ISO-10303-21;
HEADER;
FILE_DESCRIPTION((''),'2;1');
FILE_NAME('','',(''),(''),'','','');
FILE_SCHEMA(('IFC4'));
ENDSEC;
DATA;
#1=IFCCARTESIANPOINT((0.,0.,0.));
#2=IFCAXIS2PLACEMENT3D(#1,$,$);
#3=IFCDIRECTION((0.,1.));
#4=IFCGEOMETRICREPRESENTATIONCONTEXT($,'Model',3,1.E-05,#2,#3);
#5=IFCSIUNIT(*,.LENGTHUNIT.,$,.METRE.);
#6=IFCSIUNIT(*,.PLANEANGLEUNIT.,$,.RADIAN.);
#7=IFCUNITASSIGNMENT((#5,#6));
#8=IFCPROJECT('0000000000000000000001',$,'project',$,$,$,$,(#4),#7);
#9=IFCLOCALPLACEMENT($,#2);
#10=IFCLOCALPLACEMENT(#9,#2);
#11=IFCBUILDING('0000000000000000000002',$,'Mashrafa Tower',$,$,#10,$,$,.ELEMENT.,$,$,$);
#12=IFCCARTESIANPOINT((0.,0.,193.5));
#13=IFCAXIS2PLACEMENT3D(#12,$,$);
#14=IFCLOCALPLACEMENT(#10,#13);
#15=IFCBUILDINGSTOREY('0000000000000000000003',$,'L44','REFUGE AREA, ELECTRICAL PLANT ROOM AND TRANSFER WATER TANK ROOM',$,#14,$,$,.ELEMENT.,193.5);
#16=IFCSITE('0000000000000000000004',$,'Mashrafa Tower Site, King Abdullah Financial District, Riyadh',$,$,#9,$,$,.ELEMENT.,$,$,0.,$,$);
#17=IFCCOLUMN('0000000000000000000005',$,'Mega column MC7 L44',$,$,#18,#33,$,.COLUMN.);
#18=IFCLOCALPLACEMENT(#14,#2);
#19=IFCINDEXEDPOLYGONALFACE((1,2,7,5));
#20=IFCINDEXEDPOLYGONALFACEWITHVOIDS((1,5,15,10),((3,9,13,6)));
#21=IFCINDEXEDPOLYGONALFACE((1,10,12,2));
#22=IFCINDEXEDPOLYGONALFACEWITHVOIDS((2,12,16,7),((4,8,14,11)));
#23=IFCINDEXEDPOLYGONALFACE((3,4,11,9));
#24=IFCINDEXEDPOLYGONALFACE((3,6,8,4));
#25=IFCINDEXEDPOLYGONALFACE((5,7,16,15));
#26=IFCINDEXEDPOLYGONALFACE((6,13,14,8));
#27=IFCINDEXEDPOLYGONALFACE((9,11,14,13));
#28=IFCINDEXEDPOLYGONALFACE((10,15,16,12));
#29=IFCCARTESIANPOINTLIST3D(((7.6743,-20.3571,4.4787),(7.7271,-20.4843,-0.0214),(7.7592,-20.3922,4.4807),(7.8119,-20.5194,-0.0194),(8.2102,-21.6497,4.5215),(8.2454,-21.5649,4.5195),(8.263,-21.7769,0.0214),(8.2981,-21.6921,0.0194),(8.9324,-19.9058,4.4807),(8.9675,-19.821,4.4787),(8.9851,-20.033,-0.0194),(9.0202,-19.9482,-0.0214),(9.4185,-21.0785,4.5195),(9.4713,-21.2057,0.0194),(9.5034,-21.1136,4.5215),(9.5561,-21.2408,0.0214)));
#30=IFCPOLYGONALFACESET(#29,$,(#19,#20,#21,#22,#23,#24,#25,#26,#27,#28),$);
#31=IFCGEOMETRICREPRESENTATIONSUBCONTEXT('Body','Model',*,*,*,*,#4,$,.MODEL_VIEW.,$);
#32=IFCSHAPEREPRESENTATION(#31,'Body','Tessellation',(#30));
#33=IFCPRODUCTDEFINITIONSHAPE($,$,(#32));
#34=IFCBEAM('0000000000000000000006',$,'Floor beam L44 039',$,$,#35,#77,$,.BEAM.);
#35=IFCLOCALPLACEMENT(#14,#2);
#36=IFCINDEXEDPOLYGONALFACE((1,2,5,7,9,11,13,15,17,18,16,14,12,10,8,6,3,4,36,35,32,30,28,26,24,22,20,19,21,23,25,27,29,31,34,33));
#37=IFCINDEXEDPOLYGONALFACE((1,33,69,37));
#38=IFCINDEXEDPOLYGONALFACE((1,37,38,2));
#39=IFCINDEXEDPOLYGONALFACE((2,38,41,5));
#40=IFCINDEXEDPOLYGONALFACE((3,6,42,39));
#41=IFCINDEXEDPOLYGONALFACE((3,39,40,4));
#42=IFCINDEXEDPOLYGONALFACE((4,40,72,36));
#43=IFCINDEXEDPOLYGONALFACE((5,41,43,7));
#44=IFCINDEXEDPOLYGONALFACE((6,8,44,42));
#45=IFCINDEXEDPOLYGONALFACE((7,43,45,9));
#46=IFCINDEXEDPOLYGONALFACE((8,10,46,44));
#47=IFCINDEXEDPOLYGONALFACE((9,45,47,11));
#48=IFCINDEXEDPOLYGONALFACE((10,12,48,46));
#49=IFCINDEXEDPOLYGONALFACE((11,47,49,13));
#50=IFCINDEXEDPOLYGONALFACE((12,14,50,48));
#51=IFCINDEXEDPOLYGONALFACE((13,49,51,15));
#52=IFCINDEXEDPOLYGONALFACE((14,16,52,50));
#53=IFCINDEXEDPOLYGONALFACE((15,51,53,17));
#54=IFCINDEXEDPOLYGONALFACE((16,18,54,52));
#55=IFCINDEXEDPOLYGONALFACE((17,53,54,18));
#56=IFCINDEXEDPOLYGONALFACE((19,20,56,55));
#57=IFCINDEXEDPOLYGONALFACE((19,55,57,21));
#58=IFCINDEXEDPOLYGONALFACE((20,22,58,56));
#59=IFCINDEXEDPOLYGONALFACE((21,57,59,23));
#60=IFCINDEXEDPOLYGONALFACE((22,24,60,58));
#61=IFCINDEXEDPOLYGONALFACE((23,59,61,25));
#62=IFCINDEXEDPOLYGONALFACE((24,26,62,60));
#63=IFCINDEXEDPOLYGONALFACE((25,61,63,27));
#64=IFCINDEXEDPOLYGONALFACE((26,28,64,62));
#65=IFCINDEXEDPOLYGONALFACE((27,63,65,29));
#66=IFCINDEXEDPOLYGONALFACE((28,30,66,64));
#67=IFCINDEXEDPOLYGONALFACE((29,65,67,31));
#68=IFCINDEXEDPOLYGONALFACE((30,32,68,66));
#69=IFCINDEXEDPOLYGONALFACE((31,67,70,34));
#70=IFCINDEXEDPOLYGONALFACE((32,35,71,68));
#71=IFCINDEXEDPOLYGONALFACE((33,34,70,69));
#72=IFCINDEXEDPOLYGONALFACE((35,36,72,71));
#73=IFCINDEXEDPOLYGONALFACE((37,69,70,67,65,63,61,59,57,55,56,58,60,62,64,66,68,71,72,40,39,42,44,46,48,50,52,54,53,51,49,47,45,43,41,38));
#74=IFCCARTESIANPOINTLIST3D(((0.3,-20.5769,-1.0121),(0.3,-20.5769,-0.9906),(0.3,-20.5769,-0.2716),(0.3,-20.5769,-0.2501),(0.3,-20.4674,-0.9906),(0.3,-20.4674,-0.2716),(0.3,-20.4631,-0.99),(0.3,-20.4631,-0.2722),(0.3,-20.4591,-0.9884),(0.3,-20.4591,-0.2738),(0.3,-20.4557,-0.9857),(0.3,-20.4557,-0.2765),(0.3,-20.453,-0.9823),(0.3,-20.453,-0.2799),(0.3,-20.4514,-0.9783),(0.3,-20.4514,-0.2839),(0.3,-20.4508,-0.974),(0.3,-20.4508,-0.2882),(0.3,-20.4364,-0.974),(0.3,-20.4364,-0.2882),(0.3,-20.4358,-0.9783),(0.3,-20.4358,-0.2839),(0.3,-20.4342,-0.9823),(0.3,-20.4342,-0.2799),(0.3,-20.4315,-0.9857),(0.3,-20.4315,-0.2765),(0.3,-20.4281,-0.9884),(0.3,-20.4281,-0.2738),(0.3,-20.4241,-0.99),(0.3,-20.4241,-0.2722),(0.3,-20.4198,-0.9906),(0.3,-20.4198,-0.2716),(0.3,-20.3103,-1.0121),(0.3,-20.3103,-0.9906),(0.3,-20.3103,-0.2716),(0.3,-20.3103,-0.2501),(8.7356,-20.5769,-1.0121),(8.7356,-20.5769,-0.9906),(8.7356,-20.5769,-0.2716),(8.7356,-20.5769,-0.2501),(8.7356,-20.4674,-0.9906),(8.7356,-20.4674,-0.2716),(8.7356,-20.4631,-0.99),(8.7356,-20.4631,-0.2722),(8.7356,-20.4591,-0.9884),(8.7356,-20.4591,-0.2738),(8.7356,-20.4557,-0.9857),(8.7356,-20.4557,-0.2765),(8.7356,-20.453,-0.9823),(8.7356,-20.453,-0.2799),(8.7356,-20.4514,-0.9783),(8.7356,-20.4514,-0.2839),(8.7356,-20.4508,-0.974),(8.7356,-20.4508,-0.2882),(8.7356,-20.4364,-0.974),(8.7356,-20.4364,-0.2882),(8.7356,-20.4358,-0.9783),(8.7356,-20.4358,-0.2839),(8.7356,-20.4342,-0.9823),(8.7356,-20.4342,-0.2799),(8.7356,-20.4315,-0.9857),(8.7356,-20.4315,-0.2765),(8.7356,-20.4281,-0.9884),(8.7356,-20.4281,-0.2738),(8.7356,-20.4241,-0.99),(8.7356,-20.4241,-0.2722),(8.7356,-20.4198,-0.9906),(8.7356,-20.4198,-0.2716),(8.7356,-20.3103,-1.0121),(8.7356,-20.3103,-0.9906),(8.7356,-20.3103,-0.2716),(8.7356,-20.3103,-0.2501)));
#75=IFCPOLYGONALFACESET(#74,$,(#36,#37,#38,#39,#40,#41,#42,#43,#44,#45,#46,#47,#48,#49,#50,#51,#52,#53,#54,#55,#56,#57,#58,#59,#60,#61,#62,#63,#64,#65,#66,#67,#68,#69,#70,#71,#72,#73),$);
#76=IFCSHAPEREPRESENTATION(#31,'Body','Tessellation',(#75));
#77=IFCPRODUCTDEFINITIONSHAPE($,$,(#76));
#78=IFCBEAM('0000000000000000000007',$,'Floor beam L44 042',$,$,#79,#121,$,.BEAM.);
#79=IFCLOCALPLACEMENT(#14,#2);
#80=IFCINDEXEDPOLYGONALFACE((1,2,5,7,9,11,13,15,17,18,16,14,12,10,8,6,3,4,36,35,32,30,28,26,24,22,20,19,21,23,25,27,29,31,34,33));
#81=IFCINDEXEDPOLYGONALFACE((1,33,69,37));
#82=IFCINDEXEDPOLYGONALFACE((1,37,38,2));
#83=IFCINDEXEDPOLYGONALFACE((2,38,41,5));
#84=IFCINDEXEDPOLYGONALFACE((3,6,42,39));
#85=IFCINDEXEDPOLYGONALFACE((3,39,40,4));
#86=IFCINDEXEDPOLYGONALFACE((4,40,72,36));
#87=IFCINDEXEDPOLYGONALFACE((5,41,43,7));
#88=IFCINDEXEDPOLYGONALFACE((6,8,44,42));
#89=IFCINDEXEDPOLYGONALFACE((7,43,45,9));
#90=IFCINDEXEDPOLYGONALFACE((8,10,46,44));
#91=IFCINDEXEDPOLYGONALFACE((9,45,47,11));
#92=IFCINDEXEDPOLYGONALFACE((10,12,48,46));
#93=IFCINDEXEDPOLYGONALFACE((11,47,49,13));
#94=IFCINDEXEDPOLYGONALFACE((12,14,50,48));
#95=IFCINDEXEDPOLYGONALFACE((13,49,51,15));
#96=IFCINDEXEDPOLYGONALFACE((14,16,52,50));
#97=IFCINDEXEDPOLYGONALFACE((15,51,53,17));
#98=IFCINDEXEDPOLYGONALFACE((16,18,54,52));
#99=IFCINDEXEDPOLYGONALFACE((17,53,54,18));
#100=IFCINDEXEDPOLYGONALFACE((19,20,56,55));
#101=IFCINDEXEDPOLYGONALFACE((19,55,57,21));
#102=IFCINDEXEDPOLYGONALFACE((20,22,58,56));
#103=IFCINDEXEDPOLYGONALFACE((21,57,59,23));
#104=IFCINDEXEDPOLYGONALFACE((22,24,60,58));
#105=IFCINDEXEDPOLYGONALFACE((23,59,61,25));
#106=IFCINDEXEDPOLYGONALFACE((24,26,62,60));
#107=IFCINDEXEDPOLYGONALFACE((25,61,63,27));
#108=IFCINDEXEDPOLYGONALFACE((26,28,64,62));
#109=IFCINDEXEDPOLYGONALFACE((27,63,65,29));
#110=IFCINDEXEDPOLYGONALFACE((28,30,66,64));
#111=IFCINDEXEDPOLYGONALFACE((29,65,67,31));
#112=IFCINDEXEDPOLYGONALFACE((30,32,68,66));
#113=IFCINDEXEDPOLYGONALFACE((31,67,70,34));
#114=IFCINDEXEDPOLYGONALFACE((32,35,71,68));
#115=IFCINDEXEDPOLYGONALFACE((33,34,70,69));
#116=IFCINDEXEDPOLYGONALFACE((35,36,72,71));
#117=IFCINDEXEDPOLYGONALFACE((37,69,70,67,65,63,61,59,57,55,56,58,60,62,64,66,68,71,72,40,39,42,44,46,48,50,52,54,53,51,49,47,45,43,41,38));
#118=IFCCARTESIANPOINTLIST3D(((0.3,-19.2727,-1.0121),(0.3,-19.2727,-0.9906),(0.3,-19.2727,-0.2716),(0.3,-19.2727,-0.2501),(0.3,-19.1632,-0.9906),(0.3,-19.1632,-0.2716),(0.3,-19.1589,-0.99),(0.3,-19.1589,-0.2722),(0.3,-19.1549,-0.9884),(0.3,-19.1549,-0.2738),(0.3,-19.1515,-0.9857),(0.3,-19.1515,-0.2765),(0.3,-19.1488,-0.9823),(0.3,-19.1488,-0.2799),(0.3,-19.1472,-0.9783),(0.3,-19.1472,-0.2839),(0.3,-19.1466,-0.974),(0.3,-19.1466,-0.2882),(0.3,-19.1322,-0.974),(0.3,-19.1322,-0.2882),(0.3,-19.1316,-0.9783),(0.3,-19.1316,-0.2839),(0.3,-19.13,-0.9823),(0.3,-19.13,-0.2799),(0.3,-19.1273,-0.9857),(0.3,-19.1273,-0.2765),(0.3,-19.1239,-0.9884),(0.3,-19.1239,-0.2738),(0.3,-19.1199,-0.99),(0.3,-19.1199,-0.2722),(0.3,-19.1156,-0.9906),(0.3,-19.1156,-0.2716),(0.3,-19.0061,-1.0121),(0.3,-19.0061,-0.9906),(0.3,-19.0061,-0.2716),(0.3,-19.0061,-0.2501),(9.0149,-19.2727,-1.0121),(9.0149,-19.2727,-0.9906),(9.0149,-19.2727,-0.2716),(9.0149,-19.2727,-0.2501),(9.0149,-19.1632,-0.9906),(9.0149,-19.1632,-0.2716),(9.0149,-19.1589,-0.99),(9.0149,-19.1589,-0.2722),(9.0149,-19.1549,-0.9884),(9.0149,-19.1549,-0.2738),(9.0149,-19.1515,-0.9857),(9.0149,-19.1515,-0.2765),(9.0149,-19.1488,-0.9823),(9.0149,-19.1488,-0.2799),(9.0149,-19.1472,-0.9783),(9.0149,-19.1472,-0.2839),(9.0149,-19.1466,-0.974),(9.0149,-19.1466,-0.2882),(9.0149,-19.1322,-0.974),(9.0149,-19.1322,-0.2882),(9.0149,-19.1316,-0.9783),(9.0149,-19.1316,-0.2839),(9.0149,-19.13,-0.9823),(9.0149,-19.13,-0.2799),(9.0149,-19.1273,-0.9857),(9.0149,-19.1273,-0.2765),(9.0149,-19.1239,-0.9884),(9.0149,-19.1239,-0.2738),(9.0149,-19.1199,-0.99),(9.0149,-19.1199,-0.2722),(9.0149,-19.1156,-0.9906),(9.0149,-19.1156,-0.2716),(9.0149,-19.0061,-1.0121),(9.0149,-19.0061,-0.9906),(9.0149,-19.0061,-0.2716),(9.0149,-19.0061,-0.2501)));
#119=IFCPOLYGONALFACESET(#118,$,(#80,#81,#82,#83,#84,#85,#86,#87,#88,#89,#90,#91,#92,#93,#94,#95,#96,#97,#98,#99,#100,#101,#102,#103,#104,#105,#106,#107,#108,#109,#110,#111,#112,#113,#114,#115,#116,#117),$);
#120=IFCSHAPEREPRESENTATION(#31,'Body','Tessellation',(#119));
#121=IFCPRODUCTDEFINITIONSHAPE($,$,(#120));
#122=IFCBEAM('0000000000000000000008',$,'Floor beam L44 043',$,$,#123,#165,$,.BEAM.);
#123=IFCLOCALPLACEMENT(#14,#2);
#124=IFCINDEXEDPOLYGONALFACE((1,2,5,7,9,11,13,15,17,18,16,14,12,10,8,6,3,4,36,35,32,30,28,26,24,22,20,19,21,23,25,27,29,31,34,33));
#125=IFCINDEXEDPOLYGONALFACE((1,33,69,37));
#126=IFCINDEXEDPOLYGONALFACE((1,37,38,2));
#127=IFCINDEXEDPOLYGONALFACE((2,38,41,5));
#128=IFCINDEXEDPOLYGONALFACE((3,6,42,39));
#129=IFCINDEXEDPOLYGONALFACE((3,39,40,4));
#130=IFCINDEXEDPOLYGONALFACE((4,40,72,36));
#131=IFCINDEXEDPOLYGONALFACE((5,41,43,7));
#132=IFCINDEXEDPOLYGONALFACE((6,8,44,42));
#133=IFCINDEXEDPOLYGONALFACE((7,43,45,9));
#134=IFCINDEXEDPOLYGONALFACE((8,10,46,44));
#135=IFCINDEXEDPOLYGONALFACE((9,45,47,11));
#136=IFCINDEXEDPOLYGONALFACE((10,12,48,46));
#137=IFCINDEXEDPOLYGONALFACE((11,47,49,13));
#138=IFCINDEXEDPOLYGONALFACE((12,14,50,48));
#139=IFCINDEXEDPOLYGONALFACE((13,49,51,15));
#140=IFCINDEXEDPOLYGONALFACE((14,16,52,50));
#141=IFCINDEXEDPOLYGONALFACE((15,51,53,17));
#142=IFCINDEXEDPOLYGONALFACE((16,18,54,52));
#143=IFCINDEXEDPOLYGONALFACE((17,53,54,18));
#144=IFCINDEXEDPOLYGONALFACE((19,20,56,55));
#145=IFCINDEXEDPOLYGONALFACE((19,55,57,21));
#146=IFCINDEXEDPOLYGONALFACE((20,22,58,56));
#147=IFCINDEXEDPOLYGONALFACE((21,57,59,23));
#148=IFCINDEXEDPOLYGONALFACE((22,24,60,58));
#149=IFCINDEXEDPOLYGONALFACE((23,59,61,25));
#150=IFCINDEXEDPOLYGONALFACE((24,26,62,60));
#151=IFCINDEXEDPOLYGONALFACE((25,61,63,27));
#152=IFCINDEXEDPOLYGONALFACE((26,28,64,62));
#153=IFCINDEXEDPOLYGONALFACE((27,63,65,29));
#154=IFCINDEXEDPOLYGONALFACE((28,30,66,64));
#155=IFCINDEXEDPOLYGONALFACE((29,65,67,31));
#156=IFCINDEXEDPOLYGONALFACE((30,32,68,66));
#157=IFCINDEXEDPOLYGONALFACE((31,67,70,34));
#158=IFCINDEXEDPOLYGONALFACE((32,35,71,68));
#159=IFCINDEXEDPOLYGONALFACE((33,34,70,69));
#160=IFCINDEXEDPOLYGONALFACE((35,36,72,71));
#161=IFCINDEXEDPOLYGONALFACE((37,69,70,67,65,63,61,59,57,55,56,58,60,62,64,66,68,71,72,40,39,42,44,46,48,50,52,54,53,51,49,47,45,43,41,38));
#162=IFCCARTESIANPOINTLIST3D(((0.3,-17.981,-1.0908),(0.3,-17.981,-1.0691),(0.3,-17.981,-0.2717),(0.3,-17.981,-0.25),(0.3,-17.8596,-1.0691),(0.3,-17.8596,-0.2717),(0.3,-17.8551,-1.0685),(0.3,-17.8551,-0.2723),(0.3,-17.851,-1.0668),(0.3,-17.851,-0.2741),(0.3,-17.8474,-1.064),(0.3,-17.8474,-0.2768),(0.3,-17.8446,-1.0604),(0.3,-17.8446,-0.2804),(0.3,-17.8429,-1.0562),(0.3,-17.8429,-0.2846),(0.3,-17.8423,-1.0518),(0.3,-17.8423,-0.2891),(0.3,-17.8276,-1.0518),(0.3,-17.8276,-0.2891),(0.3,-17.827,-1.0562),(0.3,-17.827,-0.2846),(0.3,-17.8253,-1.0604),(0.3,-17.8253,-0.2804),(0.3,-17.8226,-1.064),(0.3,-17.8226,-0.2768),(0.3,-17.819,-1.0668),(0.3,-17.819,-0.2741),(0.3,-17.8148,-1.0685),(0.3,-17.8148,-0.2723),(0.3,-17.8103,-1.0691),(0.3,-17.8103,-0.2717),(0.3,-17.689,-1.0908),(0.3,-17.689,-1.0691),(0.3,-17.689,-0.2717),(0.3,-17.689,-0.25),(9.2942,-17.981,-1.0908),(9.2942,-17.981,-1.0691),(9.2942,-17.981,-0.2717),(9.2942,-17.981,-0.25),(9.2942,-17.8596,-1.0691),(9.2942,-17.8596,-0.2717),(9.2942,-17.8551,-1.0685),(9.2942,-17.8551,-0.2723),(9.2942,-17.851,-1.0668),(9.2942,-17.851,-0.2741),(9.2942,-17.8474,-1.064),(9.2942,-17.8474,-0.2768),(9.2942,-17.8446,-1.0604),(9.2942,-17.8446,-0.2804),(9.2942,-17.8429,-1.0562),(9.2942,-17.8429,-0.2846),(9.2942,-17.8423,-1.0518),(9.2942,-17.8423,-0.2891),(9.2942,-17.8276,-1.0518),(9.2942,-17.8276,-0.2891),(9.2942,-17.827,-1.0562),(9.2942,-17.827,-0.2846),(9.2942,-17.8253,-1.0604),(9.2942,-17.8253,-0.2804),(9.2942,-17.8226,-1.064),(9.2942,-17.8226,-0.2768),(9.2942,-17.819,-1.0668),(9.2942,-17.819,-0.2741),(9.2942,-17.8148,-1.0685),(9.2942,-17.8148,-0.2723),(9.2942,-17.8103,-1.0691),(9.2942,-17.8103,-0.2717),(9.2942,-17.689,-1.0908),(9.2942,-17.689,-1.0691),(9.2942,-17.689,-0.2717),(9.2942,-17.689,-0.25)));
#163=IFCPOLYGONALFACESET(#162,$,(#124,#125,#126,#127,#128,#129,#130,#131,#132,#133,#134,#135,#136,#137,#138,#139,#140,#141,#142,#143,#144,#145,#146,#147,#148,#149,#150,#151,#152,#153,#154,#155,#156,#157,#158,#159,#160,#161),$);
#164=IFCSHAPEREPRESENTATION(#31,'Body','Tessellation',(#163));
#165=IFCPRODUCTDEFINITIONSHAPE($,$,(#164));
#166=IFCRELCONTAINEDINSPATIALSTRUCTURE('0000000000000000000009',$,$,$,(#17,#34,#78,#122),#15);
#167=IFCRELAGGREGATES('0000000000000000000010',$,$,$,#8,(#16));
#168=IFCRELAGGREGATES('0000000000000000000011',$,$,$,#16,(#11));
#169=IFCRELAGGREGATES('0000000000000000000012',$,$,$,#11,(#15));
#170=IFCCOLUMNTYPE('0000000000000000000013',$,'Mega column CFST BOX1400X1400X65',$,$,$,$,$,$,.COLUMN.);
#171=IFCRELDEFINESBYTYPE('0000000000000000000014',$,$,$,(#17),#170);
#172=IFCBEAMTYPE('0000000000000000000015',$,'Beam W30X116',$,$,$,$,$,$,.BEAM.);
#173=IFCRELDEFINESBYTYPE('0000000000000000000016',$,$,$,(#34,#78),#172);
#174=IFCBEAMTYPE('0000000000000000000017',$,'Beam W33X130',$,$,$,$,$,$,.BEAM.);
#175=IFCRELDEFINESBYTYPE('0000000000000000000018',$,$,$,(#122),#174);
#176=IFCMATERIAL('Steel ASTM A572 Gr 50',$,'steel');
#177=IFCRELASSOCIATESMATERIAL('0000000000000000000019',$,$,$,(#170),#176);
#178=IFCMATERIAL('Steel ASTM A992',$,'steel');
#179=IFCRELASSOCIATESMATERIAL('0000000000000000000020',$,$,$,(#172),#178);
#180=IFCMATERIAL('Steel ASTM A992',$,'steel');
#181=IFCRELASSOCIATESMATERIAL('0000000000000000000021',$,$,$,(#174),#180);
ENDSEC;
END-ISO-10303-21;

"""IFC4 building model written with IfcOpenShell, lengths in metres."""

from ifc_helpers import new_model, si_unit, direction, frame, origin, origin_2d, place, context, subcontext, project, spatial, hollow_rectangle, i_section, extrude, material, material_profile, profile_set, type_object, element, save


model = new_model("IFC4")

# Units and contexts
model_context = context("Model", 3, precision=1e-05, world=origin(), true_north=direction((0.0, 1.0)))
body_context = subcontext(model_context, "Body", "Model", "MODEL_VIEW")
ifc_project = project(units=[si_unit("LENGTHUNIT", "METRE"), si_unit("PLANEANGLEUNIT", "RADIAN")], contexts=[model_context])

# Site, building, storey
site_placement = place(None, origin())
site = spatial("IfcSite", under=ifc_project, at=site_placement, Name="Mashrafa Tower Site, King Abdullah Financial District, Riyadh", CompositionType="ELEMENT", RefElevation=0.0)
building_placement = place(site_placement, origin())
building = spatial("IfcBuilding", under=site, at=building_placement, Name="Mashrafa Tower", CompositionType="ELEMENT")
storey_placement = place(building_placement, frame((0.0, 0.0, 193.5)))
storey = spatial("IfcBuildingStorey", under=building, at=storey_placement, Name="L44", Description="REFUGE AREA, ELECTRICAL PLANT ROOM AND TRANSFER WATER TANK ROOM", CompositionType="ELEMENT", Elevation=193.5)

# Column
ifc_material_1 = material(Name="Steel ASTM A572 Gr 50", Category="steel")
ifc_material_profile_1 = material_profile(ifc_material_1, hollow_rectangle(XDim=1.3999, YDim=1.3999, WallThickness=0.0649, at=origin_2d()), Name="BOX1400X1400X65")
ifc_profile_set_1 = profile_set([ifc_material_profile_1], Name="Steel ASTM A572 Gr 50")
column_type = type_object("IfcColumnType", Name="Mega column CFST BOX1400X1400X65", PredefinedType="COLUMN", material=ifc_profile_set_1)
column_placement = place(storey_placement, frame((8.6416, -20.8625, 0.0), z_axis=(-0.011713, 0.028253, 0.999532), x_axis=(-0.923757, -0.382978, 0.0)))
element("IfcColumn", 1, at=column_placement, inside=storey, type_object=column_type, Name="Mega column MC7 L44", PredefinedType="COLUMN", context=body_context, shape_type="SweptSolid", body=[
    extrude(hollow_rectangle(XDim=1.3999, YDim=1.3999, WallThickness=0.0649, at=origin_2d()), origin(), (0.0, 0.0, 1.0), 4.5022),
])

# Beams
ifc_material_2 = material(Name="Steel ASTM A992", Category="steel")
ifc_material_profile_2 = material_profile(ifc_material_2, i_section(OverallWidth=0.2666, OverallDepth=0.762, WebThickness=0.0144, FlangeThickness=0.0215, FilletRadius=0.0166, at=origin_2d()), Name="W30X116")
ifc_profile_set_2 = profile_set([ifc_material_profile_2], Name="Steel ASTM A992")
beam_type_1 = type_object("IfcBeamType", Name="Beam W30X116", PredefinedType="BEAM", material=ifc_profile_set_2)
beam_1_placement = place(storey_placement, frame((8.7356, -20.4436, -0.6311), z_axis=(-1.0, 0.0, 0.0), x_axis=(0.0, -1.0, 0.0)))
element("IfcBeam", 2, at=beam_1_placement, inside=storey, type_object=beam_type_1, Name="Floor beam L44 039", PredefinedType="BEAM", context=body_context, shape_type="SweptSolid", body=[
    extrude(i_section(OverallWidth=0.2666, OverallDepth=0.762, WebThickness=0.0144, FlangeThickness=0.0215, FilletRadius=0.0166, at=origin_2d()), origin(), (0.0, 0.0, 1.0), 8.4355),
])
beam_2_placement = place(storey_placement, frame((9.0149, -19.1394, -0.6311), z_axis=(-1.0, 0.0, 0.0), x_axis=(0.0, -1.0, 0.0)))
element("IfcBeam", 3, at=beam_2_placement, inside=storey, type_object=beam_type_1, Name="Floor beam L44 042", PredefinedType="BEAM", context=body_context, shape_type="SweptSolid", body=[
    extrude(i_section(OverallWidth=0.2666, OverallDepth=0.762, WebThickness=0.0144, FlangeThickness=0.0215, FilletRadius=0.0166, at=origin_2d()), origin(), (0.0, 0.0, 1.0), 8.7148),
])
ifc_material_3 = material(Name="Steel ASTM A992", Category="steel")
ifc_material_profile_3 = material_profile(ifc_material_3, i_section(OverallWidth=0.292, OverallDepth=0.8408, WebThickness=0.0146, FlangeThickness=0.0217, FilletRadius=0.0173, at=origin_2d()), Name="W33X130")
ifc_profile_set_3 = profile_set([ifc_material_profile_3], Name="Steel ASTM A992")
beam_type_2 = type_object("IfcBeamType", Name="Beam W33X130", PredefinedType="BEAM", material=ifc_profile_set_3)
beam_3_placement = place(storey_placement, frame((9.2942, -17.835, -0.6704), z_axis=(-1.0, 0.0, 0.0), x_axis=(0.0, -1.0, 0.0)))
element("IfcBeam", 4, at=beam_3_placement, inside=storey, type_object=beam_type_2, Name="Floor beam L44 043", PredefinedType="BEAM", context=body_context, shape_type="SweptSolid", body=[
    extrude(i_section(OverallWidth=0.292, OverallDepth=0.8408, WebThickness=0.0146, FlangeThickness=0.0217, FilletRadius=0.0173, at=origin_2d()), origin(), (0.0, 0.0, 1.0), 8.9941),
])

save(model, "model.ifc")
